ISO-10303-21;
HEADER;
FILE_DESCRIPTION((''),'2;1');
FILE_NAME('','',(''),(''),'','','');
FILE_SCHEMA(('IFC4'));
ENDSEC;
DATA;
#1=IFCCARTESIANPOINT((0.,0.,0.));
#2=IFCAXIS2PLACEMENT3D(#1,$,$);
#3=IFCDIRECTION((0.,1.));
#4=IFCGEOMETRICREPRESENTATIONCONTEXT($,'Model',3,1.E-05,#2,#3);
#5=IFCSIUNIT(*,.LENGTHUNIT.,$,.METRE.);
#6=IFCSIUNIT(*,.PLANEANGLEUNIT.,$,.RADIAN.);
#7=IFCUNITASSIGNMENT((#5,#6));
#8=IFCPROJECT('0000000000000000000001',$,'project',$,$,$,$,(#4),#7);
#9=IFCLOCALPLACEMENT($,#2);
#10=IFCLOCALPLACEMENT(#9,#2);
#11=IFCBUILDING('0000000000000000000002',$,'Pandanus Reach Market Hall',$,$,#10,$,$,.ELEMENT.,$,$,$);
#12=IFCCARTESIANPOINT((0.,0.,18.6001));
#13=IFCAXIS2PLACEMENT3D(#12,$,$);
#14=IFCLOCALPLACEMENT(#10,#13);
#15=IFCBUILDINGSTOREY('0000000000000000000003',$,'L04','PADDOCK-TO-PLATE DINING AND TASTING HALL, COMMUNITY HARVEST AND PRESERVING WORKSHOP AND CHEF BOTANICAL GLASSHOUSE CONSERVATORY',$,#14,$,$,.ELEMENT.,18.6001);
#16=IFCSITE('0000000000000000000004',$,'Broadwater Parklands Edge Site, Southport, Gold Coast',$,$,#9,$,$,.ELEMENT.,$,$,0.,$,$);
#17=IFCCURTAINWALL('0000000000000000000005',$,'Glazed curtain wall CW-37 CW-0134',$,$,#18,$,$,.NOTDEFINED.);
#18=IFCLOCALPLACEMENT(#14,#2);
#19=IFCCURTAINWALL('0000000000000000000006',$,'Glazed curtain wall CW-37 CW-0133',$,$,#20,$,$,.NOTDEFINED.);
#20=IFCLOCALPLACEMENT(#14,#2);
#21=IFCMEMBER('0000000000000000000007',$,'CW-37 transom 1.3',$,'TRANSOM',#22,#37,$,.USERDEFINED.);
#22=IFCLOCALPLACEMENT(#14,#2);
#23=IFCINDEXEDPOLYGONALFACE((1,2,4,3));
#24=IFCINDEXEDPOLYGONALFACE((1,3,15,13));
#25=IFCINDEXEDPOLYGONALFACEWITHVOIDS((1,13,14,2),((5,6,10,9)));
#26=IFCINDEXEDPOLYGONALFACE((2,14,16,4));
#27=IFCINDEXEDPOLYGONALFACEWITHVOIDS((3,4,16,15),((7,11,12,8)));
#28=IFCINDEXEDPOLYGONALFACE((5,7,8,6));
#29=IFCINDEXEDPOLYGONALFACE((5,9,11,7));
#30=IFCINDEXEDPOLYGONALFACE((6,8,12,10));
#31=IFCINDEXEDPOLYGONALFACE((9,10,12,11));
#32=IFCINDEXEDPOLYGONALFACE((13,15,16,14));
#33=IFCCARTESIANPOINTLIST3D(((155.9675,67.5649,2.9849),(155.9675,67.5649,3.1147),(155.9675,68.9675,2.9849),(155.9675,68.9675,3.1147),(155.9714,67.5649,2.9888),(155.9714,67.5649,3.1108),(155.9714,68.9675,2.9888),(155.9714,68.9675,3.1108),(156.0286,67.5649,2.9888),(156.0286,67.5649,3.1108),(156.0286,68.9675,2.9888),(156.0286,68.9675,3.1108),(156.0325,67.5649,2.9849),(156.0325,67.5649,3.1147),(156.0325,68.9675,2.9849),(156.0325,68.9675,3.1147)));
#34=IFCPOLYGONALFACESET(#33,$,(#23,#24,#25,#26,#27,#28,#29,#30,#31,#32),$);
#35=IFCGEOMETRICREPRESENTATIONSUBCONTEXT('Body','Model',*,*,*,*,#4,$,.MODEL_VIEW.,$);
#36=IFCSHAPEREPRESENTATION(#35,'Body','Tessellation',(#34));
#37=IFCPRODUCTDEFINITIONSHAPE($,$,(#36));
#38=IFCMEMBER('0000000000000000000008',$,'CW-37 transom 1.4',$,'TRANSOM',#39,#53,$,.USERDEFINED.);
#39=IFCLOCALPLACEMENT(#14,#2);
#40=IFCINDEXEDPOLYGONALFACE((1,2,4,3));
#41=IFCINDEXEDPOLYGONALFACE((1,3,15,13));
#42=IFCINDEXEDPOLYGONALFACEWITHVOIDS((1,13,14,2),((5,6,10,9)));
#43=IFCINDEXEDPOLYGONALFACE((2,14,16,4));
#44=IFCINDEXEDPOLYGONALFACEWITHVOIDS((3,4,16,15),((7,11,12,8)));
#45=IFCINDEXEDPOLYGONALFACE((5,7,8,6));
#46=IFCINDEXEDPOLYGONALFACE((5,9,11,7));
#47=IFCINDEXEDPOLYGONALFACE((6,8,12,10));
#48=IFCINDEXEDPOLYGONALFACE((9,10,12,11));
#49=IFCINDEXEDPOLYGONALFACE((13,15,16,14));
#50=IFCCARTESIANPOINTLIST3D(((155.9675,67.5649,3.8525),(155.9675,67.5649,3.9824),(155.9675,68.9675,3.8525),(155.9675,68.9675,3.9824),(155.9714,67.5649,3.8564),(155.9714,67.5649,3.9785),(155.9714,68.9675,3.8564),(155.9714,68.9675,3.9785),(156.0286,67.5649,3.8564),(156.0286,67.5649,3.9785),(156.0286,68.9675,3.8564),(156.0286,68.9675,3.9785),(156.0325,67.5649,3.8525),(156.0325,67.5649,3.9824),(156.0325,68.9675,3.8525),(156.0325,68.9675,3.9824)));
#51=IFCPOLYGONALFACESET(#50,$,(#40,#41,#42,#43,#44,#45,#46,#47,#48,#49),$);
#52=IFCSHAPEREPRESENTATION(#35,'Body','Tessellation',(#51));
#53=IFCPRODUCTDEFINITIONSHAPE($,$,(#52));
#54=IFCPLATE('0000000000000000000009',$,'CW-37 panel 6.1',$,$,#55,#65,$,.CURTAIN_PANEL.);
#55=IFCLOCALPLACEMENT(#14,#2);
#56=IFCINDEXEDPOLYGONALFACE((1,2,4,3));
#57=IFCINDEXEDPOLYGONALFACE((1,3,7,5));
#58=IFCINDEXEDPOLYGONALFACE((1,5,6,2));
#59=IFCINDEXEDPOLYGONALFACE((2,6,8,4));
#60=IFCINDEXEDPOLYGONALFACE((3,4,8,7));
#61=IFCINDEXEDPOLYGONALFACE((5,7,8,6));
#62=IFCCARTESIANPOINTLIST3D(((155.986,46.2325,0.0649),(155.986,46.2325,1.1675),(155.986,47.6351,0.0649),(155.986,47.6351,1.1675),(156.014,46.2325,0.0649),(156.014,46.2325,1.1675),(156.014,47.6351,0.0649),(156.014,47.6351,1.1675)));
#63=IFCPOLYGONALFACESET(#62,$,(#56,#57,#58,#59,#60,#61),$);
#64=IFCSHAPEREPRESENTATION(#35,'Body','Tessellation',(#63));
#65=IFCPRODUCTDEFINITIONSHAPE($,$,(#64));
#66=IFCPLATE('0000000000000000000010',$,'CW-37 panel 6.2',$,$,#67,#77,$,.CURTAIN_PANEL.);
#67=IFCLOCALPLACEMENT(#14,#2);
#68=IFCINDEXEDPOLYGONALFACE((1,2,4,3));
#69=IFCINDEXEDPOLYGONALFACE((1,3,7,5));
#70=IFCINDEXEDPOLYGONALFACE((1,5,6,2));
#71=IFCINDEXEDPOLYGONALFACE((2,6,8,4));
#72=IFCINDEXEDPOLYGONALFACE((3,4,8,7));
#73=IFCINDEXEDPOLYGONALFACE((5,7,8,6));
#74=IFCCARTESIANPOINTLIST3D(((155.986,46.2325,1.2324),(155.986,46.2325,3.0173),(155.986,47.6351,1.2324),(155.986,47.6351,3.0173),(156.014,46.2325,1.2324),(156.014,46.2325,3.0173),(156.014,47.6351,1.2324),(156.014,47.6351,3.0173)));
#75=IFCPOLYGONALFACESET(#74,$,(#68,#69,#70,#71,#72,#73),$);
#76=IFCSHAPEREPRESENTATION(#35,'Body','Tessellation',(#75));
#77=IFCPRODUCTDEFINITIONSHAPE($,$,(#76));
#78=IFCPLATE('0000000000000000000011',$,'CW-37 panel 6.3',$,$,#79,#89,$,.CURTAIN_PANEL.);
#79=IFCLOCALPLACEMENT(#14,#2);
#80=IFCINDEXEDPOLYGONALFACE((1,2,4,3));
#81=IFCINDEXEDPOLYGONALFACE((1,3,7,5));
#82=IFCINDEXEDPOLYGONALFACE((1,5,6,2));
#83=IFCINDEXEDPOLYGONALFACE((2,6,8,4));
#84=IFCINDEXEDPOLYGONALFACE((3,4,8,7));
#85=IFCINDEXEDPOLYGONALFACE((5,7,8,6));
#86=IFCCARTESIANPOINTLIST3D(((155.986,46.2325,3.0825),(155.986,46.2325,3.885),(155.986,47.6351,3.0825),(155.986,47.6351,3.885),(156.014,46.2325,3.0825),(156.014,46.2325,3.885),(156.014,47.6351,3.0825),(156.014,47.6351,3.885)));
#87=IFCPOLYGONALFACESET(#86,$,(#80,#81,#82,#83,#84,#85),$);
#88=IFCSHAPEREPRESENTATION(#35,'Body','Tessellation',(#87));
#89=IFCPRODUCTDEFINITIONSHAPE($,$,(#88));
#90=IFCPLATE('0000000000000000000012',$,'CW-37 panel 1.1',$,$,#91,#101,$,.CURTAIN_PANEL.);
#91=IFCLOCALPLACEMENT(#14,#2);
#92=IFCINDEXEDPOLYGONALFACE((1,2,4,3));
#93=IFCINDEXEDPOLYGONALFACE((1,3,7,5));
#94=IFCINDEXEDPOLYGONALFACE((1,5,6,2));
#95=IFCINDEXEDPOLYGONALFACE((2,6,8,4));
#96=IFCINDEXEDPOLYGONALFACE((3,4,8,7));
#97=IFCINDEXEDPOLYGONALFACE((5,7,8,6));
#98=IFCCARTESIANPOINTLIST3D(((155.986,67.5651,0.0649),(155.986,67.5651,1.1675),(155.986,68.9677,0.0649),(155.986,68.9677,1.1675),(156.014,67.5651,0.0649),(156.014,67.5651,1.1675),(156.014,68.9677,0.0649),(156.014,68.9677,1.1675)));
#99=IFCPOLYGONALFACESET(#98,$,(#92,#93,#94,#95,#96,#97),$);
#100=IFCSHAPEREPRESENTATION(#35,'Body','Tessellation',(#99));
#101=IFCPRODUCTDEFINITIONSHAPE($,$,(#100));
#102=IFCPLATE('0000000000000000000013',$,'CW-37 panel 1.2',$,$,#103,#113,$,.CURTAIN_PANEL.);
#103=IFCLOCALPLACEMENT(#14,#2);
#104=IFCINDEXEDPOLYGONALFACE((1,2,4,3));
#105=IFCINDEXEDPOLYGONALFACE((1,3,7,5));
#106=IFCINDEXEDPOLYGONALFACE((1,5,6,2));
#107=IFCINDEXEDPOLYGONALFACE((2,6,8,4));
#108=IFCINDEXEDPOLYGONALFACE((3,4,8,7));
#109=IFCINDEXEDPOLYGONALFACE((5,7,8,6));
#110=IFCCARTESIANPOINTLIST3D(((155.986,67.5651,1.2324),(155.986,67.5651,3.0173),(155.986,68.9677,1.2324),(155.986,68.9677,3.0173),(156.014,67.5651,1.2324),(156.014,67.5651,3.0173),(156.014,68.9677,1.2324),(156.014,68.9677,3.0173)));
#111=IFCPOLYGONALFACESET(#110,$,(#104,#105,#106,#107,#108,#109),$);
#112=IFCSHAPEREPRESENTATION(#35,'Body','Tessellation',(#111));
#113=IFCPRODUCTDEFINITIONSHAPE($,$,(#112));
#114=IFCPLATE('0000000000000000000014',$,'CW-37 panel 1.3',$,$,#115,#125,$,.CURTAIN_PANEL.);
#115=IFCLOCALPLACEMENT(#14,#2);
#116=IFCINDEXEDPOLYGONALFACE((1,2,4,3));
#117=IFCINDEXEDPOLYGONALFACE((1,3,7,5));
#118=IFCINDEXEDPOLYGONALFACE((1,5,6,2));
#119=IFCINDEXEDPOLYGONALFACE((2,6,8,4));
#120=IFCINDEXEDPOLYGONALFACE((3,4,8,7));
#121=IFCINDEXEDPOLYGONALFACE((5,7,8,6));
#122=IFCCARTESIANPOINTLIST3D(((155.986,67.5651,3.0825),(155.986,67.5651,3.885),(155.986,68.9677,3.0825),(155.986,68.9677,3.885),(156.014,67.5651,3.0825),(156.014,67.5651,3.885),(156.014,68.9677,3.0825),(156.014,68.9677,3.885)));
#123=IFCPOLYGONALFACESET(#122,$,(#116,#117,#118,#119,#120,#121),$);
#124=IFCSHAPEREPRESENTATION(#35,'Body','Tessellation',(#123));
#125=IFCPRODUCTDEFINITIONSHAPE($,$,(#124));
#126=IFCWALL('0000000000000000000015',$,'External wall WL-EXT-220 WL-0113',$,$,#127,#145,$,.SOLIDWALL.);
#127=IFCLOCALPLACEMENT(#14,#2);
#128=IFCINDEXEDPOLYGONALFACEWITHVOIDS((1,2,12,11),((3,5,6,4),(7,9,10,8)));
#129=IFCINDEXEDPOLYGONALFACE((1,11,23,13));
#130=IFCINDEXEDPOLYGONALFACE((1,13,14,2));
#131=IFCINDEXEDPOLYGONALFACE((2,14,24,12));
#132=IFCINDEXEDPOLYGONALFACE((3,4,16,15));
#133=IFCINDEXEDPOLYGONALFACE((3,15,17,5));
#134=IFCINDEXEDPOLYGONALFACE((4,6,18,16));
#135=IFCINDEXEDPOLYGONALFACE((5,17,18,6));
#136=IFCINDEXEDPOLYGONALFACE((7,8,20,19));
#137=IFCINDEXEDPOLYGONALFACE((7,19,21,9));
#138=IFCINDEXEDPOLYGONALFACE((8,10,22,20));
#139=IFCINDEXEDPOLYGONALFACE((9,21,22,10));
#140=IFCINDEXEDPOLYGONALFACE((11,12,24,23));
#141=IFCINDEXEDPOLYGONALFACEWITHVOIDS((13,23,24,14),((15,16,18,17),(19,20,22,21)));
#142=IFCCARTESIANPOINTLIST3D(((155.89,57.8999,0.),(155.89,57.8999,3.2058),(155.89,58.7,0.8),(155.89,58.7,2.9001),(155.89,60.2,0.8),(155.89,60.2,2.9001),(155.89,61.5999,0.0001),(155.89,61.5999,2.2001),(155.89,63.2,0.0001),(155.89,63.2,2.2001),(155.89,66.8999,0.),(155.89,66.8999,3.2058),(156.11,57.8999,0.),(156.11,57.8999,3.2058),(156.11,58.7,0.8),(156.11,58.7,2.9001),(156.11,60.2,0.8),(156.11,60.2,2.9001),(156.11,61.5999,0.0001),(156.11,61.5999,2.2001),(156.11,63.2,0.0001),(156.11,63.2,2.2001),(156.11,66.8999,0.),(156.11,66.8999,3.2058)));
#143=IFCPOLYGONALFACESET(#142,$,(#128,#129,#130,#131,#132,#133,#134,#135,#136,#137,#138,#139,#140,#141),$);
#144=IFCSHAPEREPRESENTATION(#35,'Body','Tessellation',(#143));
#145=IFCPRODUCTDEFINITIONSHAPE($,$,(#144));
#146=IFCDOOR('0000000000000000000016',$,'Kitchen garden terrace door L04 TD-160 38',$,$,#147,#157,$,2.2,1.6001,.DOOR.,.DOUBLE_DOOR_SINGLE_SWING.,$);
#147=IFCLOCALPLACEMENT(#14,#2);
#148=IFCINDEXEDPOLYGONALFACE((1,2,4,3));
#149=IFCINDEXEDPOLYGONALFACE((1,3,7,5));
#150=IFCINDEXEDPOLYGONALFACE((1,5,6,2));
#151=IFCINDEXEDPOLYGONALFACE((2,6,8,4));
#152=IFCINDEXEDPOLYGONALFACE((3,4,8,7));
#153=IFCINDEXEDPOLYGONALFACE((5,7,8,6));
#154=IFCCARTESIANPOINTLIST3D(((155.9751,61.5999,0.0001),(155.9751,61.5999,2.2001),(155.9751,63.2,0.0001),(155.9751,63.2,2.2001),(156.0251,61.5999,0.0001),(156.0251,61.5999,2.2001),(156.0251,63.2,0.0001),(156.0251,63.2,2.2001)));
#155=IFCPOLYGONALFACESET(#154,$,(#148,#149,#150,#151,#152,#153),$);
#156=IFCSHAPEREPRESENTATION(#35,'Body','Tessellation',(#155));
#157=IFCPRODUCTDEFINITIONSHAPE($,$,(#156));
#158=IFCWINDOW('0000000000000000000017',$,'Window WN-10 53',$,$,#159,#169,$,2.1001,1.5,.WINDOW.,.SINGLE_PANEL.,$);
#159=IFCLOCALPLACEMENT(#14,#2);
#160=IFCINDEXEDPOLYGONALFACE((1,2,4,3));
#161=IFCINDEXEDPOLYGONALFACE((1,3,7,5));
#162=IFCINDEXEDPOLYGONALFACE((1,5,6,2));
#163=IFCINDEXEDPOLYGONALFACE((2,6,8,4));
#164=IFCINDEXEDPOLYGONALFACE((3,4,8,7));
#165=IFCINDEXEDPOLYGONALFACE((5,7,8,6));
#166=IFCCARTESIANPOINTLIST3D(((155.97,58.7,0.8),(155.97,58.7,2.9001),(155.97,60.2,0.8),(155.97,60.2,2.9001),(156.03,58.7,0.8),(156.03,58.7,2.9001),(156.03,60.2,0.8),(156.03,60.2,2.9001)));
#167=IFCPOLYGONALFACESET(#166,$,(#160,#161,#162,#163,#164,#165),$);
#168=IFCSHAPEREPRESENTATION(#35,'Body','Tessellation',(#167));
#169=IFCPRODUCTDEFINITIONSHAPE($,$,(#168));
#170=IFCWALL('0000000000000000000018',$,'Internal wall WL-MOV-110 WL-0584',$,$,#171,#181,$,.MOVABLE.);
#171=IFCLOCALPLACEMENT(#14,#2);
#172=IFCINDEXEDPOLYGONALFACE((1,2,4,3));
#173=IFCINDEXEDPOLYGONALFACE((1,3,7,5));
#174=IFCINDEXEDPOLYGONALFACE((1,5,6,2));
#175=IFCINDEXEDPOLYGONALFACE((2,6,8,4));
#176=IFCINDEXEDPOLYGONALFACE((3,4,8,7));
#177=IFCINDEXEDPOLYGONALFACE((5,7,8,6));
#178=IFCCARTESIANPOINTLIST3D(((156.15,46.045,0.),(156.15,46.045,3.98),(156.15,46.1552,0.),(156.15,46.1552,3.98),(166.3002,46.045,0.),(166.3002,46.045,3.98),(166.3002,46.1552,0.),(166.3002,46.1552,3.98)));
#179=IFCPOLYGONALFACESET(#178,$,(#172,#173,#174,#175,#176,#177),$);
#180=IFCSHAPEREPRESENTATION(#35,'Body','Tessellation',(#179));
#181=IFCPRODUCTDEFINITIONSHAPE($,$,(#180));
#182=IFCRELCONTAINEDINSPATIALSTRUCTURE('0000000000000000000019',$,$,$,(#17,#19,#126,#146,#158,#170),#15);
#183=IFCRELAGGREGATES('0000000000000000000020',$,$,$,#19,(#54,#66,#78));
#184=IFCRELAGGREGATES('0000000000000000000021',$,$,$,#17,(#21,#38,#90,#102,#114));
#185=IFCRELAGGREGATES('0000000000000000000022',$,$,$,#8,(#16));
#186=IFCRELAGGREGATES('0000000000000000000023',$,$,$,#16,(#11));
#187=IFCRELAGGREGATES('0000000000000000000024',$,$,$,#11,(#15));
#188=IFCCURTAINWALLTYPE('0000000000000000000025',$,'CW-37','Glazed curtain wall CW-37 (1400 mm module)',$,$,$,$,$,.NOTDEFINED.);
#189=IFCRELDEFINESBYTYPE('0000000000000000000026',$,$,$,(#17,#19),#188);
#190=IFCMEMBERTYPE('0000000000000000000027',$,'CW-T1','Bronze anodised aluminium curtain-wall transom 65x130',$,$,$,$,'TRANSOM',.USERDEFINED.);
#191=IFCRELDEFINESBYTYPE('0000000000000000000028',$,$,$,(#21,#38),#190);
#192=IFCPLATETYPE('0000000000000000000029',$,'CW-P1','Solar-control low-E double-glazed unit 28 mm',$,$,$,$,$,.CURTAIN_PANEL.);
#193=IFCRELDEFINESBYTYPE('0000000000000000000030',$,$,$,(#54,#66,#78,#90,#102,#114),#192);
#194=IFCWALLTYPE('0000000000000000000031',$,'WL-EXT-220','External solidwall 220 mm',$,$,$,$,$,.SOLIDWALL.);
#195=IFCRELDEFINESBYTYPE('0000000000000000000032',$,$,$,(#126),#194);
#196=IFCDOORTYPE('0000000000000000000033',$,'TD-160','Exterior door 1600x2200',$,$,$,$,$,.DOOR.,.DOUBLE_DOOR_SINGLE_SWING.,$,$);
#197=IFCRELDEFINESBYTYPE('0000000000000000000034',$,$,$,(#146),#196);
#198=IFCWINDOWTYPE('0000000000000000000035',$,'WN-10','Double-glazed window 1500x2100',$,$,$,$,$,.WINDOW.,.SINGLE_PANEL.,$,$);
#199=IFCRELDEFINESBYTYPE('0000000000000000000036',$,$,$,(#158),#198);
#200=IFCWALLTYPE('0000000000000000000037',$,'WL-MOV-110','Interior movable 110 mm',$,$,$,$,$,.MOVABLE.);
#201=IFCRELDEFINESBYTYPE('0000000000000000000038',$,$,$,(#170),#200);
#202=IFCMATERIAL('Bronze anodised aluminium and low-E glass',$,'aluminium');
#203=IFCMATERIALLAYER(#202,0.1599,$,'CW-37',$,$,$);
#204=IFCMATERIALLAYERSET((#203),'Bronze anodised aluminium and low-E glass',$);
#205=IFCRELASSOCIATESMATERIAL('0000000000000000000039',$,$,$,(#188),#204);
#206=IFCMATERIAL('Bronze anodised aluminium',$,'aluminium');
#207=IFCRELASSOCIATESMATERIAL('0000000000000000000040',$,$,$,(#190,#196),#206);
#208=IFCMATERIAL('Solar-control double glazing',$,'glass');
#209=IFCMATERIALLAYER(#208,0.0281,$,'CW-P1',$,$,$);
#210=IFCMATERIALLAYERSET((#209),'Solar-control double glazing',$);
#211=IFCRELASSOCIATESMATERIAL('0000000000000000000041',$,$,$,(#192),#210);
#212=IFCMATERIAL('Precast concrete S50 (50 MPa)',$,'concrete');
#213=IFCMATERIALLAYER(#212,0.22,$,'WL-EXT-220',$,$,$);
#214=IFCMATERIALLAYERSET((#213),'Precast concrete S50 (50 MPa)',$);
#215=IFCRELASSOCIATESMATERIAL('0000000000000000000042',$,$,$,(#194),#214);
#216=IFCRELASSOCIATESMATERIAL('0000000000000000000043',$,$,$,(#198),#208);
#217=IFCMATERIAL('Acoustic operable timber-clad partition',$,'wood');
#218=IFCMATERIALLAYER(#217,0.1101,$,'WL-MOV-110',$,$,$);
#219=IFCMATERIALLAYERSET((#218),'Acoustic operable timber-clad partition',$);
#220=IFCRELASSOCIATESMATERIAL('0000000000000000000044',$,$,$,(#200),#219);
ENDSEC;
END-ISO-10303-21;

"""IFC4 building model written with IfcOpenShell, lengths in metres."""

from ifc_helpers import new_model, si_unit, direction, frame, frame_2d, origin, origin_2d, place, context, subcontext, project, spatial, rectangle, hollow_rectangle, extrude, material, layer, layer_set, material_profile, profile_set, type_object, element, fill, aggregate, save


model = new_model("IFC4")

# Units and contexts
model_context = context("Model", 3, precision=1e-05, world=origin(), true_north=direction((0.0, 1.0)))
body_context = subcontext(model_context, "Body", "Model", "MODEL_VIEW")
ifc_project = project(units=[si_unit("LENGTHUNIT", "METRE"), si_unit("PLANEANGLEUNIT", "RADIAN")], contexts=[model_context])

# Site, building, storey
site_placement = place(None, origin())
site = spatial("IfcSite", under=ifc_project, at=site_placement, Name="Broadwater Parklands Edge Site, Southport, Gold Coast", CompositionType="ELEMENT", RefElevation=0.0)
building_placement = place(site_placement, origin())
building = spatial("IfcBuilding", under=site, at=building_placement, Name="Pandanus Reach Market Hall", CompositionType="ELEMENT")
storey_placement = place(building_placement, frame((0.0, 0.0, 18.6001)))
storey = spatial("IfcBuildingStorey", under=building, at=storey_placement, Name="L04", Description="PADDOCK-TO-PLATE DINING AND TASTING HALL, COMMUNITY HARVEST AND PRESERVING WORKSHOP AND CHEF BOTANICAL GLASSHOUSE CONSERVATORY", CompositionType="ELEMENT", Elevation=18.6001)

# Curtain wall
ifc_material_1 = material(Name="Bronze anodised aluminium and low-E glass", Category="aluminium")
ifc_layer_1 = layer(ifc_material_1, 0.1599, Name="CW-37")
ifc_layer_set_1 = layer_set([ifc_layer_1], Name="Bronze anodised aluminium and low-E glass")
curtain_wall_type = type_object("IfcCurtainWallType", Name="CW-37", Description="Glazed curtain wall CW-37 (1400 mm module)", PredefinedType="NOTDEFINED", material=ifc_layer_set_1)
curtain_wall_1_placement = place(storey_placement, origin())
curtain_wall_1 = element("IfcCurtainWall", 1, at=curtain_wall_1_placement, inside=storey, type_object=curtain_wall_type, Name="Glazed curtain wall CW-37 CW-0134", PredefinedType="NOTDEFINED")
ifc_material_2 = material(Name="Bronze anodised aluminium", Category="aluminium")

# Curtain wall
curtain_wall_2_placement = place(storey_placement, origin())
curtain_wall_2 = element("IfcCurtainWall", 2, at=curtain_wall_2_placement, inside=storey, type_object=curtain_wall_type, Name="Glazed curtain wall CW-37 CW-0133", PredefinedType="NOTDEFINED")
ifc_material_profile_1 = material_profile(ifc_material_2, hollow_rectangle(XDim=0.0649, YDim=0.1299, WallThickness=0.0039, at=origin_2d()), Name="ALU65x130", Category="LoadBearing")
ifc_profile_set_1 = profile_set([ifc_material_profile_1], Name="Bronze anodised aluminium")
member_type_1 = type_object("IfcMemberType", Name="CW-T1", Description="Bronze anodised aluminium curtain-wall transom 65x130", ElementType="TRANSOM", PredefinedType="USERDEFINED", material=ifc_profile_set_1)

# Members
member_1_placement = place(storey_placement, frame((156.0, 67.5649, 3.0498), z_axis=(0.0, 1.0, 0.0), x_axis=(-1.0, 0.0, 0.0)))
member_1 = element("IfcMember", 3, at=member_1_placement, type_object=member_type_1, Name="CW-37 transom 1.3", ObjectType="TRANSOM", PredefinedType="USERDEFINED", context=body_context, shape_type="SweptSolid", body=[
    extrude(hollow_rectangle(XDim=0.0649, YDim=0.1299, WallThickness=0.0039, at=origin_2d()), origin(), (0.0, 0.0, 1.0), 1.4026),
])
member_2_placement = place(storey_placement, frame((156.0, 67.5649, 3.9175), z_axis=(0.0, 1.0, 0.0), x_axis=(-1.0, 0.0, 0.0)))
member_2 = element("IfcMember", 4, at=member_2_placement, type_object=member_type_1, Name="CW-37 transom 1.4", ObjectType="TRANSOM", PredefinedType="USERDEFINED", context=body_context, shape_type="SweptSolid", body=[
    extrude(hollow_rectangle(XDim=0.0649, YDim=0.1299, WallThickness=0.0039, at=origin_2d()), origin(), (0.0, 0.0, 1.0), 1.4026),
])

# Plates
ifc_material_3 = material(Name="Solar-control double glazing", Category="glass")
ifc_layer_2 = layer(ifc_material_3, 0.0281, Name="CW-P1")
ifc_layer_set_2 = layer_set([ifc_layer_2], Name="Solar-control double glazing")
plate_type = type_object("IfcPlateType", Name="CW-P1", Description="Solar-control low-E double-glazed unit 28 mm", PredefinedType="CURTAIN_PANEL", material=ifc_layer_set_2)
plate_1_placement = place(storey_placement, frame((156.0, 46.9338, 0.0649), z_axis=(0.0, 0.0, 1.0), x_axis=(0.0, 1.0, 0.0)))
plate_1 = element("IfcPlate", 5, at=plate_1_placement, type_object=plate_type, Name="CW-37 panel 6.1", PredefinedType="CURTAIN_PANEL", context=body_context, shape_type="SweptSolid", body=[
    extrude(rectangle(XDim=1.4026, YDim=0.0281, at=origin_2d()), origin(), (0.0, 0.0, 1.0), 1.1025),
])
plate_2_placement = place(storey_placement, frame((156.0, 46.9338, 1.2324), z_axis=(0.0, 0.0, 1.0), x_axis=(0.0, 1.0, 0.0)))
plate_2 = element("IfcPlate", 6, at=plate_2_placement, type_object=plate_type, Name="CW-37 panel 6.2", PredefinedType="CURTAIN_PANEL", context=body_context, shape_type="SweptSolid", body=[
    extrude(rectangle(XDim=1.4026, YDim=0.0281, at=origin_2d()), origin(), (0.0, 0.0, 1.0), 1.7849),
])
plate_3_placement = place(storey_placement, frame((156.0, 46.9338, 3.0825), z_axis=(0.0, 0.0, 1.0), x_axis=(0.0, 1.0, 0.0)))
plate_3 = element("IfcPlate", 7, at=plate_3_placement, type_object=plate_type, Name="CW-37 panel 6.3", PredefinedType="CURTAIN_PANEL", context=body_context, shape_type="SweptSolid", body=[
    extrude(rectangle(XDim=1.4026, YDim=0.0281, at=origin_2d()), origin(), (0.0, 0.0, 1.0), 0.8025),
])
aggregate(curtain_wall_2, [plate_1, plate_2, plate_3])
plate_4_placement = place(storey_placement, frame((156.0, 68.2664, 0.0649), z_axis=(0.0, 0.0, 1.0), x_axis=(0.0, 1.0, 0.0)))
plate_4 = element("IfcPlate", 8, at=plate_4_placement, type_object=plate_type, Name="CW-37 panel 1.1", PredefinedType="CURTAIN_PANEL", context=body_context, shape_type="SweptSolid", body=[
    extrude(rectangle(XDim=1.4026, YDim=0.0281, at=origin_2d()), origin(), (0.0, 0.0, 1.0), 1.1025),
])
plate_5_placement = place(storey_placement, frame((156.0, 68.2664, 1.2324), z_axis=(0.0, 0.0, 1.0), x_axis=(0.0, 1.0, 0.0)))
plate_5 = element("IfcPlate", 9, at=plate_5_placement, type_object=plate_type, Name="CW-37 panel 1.2", PredefinedType="CURTAIN_PANEL", context=body_context, shape_type="SweptSolid", body=[
    extrude(rectangle(XDim=1.4026, YDim=0.0281, at=origin_2d()), origin(), (0.0, 0.0, 1.0), 1.7849),
])
plate_6_placement = place(storey_placement, frame((156.0, 68.2664, 3.0825), z_axis=(0.0, 0.0, 1.0), x_axis=(0.0, 1.0, 0.0)))
plate_6 = element("IfcPlate", 10, at=plate_6_placement, type_object=plate_type, Name="CW-37 panel 1.3", PredefinedType="CURTAIN_PANEL", context=body_context, shape_type="SweptSolid", body=[
    extrude(rectangle(XDim=1.4026, YDim=0.0281, at=origin_2d()), origin(), (0.0, 0.0, 1.0), 0.8025),
])
aggregate(curtain_wall_1, [member_1, member_2, plate_4, plate_5, plate_6])

# Wall, openings, door, window
ifc_material_4 = material(Name="Precast concrete S50 (50 MPa)", Category="concrete")
ifc_layer_3 = layer(ifc_material_4, 0.22, Name="WL-EXT-220")
ifc_layer_set_3 = layer_set([ifc_layer_3], Name="Precast concrete S50 (50 MPa)")
wall_type_1 = type_object("IfcWallType", Name="WL-EXT-220", Description="External solidwall 220 mm", PredefinedType="SOLIDWALL", material=ifc_layer_set_3)
wall_placement = place(storey_placement, frame((156.0, 57.8999, 0.0), z_axis=(0.0, 0.0, 1.0), x_axis=(0.0, 1.0, 0.0)))
wall = element("IfcWall", 11, at=wall_placement, inside=storey, type_object=wall_type_1, Name="External wall WL-EXT-220 WL-0113", PredefinedType="SOLIDWALL", context=body_context, shape_type="SweptSolid", body=[
    extrude(rectangle(XDim=9.0, YDim=0.22, at=frame_2d((4.5, 0.0))), origin(), (0.0, 0.0, 1.0), 3.2058),
])
opening_1_placement = place(wall_placement, frame((3.7, 0.0, 0.0)))
opening_1 = element("IfcOpeningElement", 12, at=opening_1_placement, cuts=wall, PredefinedType="OPENING", context=body_context, shape_type="SweptSolid", body=[
    extrude(rectangle(XDim=1.6001, YDim=2.2, at=frame_2d((0.8, 1.1001))), frame((0.0, 0.125, 0.0), z_axis=(0.0, -1.0, 0.0), x_axis=(1.0, 0.0, 0.0)), (0.0, 0.0, 1.0), 0.25),
])
opening_2_placement = place(wall_placement, frame((0.8, 0.0, 0.8)))
opening_2 = element("IfcOpeningElement", 13, at=opening_2_placement, cuts=wall, PredefinedType="OPENING", context=body_context, shape_type="SweptSolid", body=[
    extrude(rectangle(XDim=1.5, YDim=2.1001, at=frame_2d((0.75, 1.05))), frame((0.0, 0.125, 0.0), z_axis=(0.0, -1.0, 0.0), x_axis=(1.0, 0.0, 0.0)), (0.0, 0.0, 1.0), 0.25),
])
door_type = type_object("IfcDoorType", Name="TD-160", Description="Exterior door 1600x2200", OperationType="DOUBLE_DOOR_SINGLE_SWING", PredefinedType="DOOR", material=ifc_material_2)
door_placement = place(opening_1_placement, origin())
door = element("IfcDoor", 14, at=door_placement, inside=storey, type_object=door_type, Name="Kitchen garden terrace door L04 TD-160 38", OperationType="DOUBLE_DOOR_SINGLE_SWING", OverallHeight=2.2, OverallWidth=1.6001, PredefinedType="DOOR", context=body_context, shape_type="SweptSolid", body=[
    extrude(rectangle(XDim=1.6001, YDim=2.2, at=frame_2d((0.8, 1.1001))), frame((0.0, 0.0249, 0.0), z_axis=(0.0, -1.0, 0.0), x_axis=(1.0, 0.0, 0.0)), (0.0, 0.0, 1.0), 0.05),
])
fill(opening_1, door)
window_type = type_object("IfcWindowType", Name="WN-10", Description="Double-glazed window 1500x2100", PartitioningType="SINGLE_PANEL", PredefinedType="WINDOW", material=ifc_material_3)
window_placement = place(opening_2_placement, origin())
window = element("IfcWindow", 15, at=window_placement, inside=storey, type_object=window_type, Name="Window WN-10 53", OverallHeight=2.1001, OverallWidth=1.5, PartitioningType="SINGLE_PANEL", PredefinedType="WINDOW", context=body_context, shape_type="SweptSolid", body=[
    extrude(rectangle(XDim=1.5, YDim=2.1001, at=frame_2d((0.75, 1.05))), frame((0.0, 0.03, 0.0), z_axis=(0.0, -1.0, 0.0), x_axis=(1.0, 0.0, 0.0)), (0.0, 0.0, 1.0), 0.0601),
])
fill(opening_2, window)

# Wall
ifc_material_5 = material(Name="Acoustic operable timber-clad partition", Category="wood")
ifc_layer_4 = layer(ifc_material_5, 0.1101, Name="WL-MOV-110")
ifc_layer_set_4 = layer_set([ifc_layer_4], Name="Acoustic operable timber-clad partition")
wall_type_2 = type_object("IfcWallType", Name="WL-MOV-110", Description="Interior movable 110 mm", PredefinedType="MOVABLE", material=ifc_layer_set_4)
for number, where, z_axis, x_axis, name in (
    (16, (156.1499, 46.1001, 0.0), (0.0, 0.0, 1.0), (1.0, 0.0, 0.0), "Internal wall WL-MOV-110 WL-0584"),
):
    element("IfcWall", number, at=place(storey_placement, frame(where, z_axis=z_axis, x_axis=x_axis)), inside=storey, type_object=wall_type_2, Name=name, PredefinedType="MOVABLE", context=body_context, shape_type="SweptSolid", body=[
        extrude(rectangle(XDim=10.1501, YDim=0.1101, at=frame_2d((5.0752, 0.0))), origin(), (0.0, 0.0, 1.0), 3.98),
    ])

save(model, "model.ifc")
